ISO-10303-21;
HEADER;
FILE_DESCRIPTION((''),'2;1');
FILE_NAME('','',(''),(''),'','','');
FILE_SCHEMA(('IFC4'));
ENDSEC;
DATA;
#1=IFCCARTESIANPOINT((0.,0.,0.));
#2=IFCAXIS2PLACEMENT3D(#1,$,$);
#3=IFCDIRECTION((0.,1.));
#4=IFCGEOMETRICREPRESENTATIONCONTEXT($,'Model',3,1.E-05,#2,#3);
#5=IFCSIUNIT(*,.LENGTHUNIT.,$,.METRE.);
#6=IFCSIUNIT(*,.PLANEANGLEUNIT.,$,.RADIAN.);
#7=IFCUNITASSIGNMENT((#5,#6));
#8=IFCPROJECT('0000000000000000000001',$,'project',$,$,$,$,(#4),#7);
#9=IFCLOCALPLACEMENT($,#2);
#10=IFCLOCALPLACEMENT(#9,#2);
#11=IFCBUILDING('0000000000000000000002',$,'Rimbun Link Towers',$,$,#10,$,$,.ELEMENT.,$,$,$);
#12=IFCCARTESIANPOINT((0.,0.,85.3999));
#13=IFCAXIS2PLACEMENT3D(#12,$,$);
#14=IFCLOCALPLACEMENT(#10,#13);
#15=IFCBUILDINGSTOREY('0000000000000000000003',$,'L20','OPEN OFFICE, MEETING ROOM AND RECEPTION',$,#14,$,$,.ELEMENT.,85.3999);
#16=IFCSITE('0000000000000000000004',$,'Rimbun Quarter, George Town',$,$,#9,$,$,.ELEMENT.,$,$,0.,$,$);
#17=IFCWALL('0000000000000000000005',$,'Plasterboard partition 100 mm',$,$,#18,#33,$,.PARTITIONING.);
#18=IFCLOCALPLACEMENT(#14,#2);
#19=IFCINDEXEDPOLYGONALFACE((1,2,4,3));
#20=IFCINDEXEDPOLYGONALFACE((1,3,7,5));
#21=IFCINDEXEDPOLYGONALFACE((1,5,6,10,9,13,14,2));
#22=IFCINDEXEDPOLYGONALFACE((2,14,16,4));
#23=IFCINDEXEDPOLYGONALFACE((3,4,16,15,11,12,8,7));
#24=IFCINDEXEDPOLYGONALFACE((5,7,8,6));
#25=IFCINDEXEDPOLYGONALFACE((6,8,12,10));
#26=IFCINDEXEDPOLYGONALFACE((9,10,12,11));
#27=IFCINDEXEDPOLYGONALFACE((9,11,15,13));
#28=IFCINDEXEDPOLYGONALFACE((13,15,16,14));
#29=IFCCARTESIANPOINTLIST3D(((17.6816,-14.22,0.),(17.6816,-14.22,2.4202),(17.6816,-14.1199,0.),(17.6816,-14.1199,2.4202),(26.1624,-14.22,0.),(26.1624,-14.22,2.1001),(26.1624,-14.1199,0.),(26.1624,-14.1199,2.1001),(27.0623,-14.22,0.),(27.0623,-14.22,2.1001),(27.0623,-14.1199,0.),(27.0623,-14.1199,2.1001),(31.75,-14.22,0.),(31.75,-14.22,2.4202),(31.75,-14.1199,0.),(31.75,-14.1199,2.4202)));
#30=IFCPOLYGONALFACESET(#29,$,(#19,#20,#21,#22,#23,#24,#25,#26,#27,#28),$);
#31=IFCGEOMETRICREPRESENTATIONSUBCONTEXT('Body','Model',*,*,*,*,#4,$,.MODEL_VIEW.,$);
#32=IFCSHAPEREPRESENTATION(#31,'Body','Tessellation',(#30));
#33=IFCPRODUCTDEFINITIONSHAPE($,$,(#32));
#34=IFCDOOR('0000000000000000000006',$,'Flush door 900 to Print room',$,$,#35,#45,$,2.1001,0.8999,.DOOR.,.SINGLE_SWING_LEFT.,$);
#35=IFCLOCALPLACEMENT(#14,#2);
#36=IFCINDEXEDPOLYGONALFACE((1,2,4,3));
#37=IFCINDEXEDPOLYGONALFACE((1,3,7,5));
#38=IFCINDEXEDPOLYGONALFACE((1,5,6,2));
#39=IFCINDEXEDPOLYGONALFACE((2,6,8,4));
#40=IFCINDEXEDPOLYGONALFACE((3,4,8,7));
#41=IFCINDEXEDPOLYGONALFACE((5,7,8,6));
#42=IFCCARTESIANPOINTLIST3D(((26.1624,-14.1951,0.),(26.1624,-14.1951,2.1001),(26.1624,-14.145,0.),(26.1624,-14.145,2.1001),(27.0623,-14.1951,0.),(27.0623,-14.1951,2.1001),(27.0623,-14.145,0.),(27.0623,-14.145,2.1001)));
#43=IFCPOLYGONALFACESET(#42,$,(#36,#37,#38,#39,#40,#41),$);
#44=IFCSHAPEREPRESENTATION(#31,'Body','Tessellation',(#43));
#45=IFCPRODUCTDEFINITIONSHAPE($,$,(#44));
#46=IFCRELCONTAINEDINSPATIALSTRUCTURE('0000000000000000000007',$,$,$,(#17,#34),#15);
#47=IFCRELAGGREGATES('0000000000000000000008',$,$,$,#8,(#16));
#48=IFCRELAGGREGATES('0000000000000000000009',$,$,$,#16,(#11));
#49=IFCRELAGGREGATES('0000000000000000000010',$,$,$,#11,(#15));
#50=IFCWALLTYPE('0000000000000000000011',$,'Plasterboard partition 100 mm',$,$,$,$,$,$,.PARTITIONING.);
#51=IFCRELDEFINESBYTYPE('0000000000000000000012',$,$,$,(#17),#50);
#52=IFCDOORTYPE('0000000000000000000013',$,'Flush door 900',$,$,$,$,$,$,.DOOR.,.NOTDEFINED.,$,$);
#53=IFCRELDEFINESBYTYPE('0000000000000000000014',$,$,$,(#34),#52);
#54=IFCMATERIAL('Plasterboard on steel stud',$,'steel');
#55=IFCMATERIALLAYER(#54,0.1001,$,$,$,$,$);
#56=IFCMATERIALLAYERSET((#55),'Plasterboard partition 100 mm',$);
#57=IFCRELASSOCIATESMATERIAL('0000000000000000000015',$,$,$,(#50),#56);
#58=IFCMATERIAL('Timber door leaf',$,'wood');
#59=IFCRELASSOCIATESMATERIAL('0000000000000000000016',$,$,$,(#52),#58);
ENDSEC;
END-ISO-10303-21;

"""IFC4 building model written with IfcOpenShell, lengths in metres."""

from ifc_helpers import new_model, si_unit, direction, frame, frame_2d, origin, place, context, subcontext, project, spatial, rectangle, extrude, material, layer, layer_set, type_object, element, fill, save


model = new_model("IFC4")

# Units and contexts
model_context = context("Model", 3, precision=1e-05, world=origin(), true_north=direction((0.0, 1.0)))
body_context = subcontext(model_context, "Body", "Model", "MODEL_VIEW")
ifc_project = project(units=[si_unit("LENGTHUNIT", "METRE"), si_unit("PLANEANGLEUNIT", "RADIAN")], contexts=[model_context])

# Site, building, storey
site_placement = place(None, origin())
site = spatial("IfcSite", under=ifc_project, at=site_placement, Name="Rimbun Quarter, George Town", CompositionType="ELEMENT", RefElevation=0.0)
building_placement = place(site_placement, origin())
building = spatial("IfcBuilding", under=site, at=building_placement, Name="Rimbun Link Towers", CompositionType="ELEMENT")
storey_placement = place(building_placement, frame((0.0, 0.0, 85.3999)))
storey = spatial("IfcBuildingStorey", under=building, at=storey_placement, Name="L20", Description="OPEN OFFICE, MEETING ROOM AND RECEPTION", CompositionType="ELEMENT", Elevation=85.3999)

# Wall, opening, door
ifc_material_1 = material(Name="Plasterboard on steel stud", Category="steel")
ifc_layer_1 = layer(ifc_material_1, 0.1001)
ifc_layer_set_1 = layer_set([ifc_layer_1], Name="Plasterboard partition 100 mm")
wall_type = type_object("IfcWallType", Name="Plasterboard partition 100 mm", PredefinedType="PARTITIONING", material=ifc_layer_set_1)
wall_placement = place(storey_placement, frame((17.6816, -14.1699, 0.0), z_axis=(0.0, 0.0, 1.0), x_axis=(1.0, 0.0, 0.0)))
wall = element("IfcWall", 1, at=wall_placement, inside=storey, type_object=wall_type, Name="Plasterboard partition 100 mm", PredefinedType="PARTITIONING", context=body_context, shape_type="SweptSolid", body=[
    extrude(rectangle(XDim=14.0684, YDim=0.1001, at=frame_2d((7.0342, 0.0))), origin(), (0.0, 0.0, 1.0), 2.4202),
])
opening_placement = place(wall_placement, frame((8.4807, 0.0, 0.0)))
opening = element("IfcOpeningElement", 2, at=opening_placement, cuts=wall, PredefinedType="OPENING", context=body_context, shape_type="SweptSolid", body=[
    extrude(rectangle(XDim=0.8999, YDim=2.1001, at=frame_2d((0.45, 1.05))), frame((0.0, 0.0601, 0.0), z_axis=(0.0, -1.0, 0.0), x_axis=(1.0, 0.0, 0.0)), (0.0, 0.0, 1.0), 0.1201),
])
ifc_material_2 = material(Name="Timber door leaf", Category="wood")
door_type = type_object("IfcDoorType", Name="Flush door 900", OperationType="NOTDEFINED", PredefinedType="DOOR", material=ifc_material_2)
door_placement = place(opening_placement, origin())
door = element("IfcDoor", 3, at=door_placement, inside=storey, type_object=door_type, Name="Flush door 900 to Print room", OperationType="SINGLE_SWING_LEFT", OverallHeight=2.1001, OverallWidth=0.8999, PredefinedType="DOOR", context=body_context, shape_type="SweptSolid", body=[
    extrude(rectangle(XDim=0.8999, YDim=2.1001, at=frame_2d((0.45, 1.05))), frame((0.0, 0.0249, 0.0), z_axis=(0.0, -1.0, 0.0), x_axis=(1.0, 0.0, 0.0)), (0.0, 0.0, 1.0), 0.05),
])
fill(opening, door)

save(model, "model.ifc")
